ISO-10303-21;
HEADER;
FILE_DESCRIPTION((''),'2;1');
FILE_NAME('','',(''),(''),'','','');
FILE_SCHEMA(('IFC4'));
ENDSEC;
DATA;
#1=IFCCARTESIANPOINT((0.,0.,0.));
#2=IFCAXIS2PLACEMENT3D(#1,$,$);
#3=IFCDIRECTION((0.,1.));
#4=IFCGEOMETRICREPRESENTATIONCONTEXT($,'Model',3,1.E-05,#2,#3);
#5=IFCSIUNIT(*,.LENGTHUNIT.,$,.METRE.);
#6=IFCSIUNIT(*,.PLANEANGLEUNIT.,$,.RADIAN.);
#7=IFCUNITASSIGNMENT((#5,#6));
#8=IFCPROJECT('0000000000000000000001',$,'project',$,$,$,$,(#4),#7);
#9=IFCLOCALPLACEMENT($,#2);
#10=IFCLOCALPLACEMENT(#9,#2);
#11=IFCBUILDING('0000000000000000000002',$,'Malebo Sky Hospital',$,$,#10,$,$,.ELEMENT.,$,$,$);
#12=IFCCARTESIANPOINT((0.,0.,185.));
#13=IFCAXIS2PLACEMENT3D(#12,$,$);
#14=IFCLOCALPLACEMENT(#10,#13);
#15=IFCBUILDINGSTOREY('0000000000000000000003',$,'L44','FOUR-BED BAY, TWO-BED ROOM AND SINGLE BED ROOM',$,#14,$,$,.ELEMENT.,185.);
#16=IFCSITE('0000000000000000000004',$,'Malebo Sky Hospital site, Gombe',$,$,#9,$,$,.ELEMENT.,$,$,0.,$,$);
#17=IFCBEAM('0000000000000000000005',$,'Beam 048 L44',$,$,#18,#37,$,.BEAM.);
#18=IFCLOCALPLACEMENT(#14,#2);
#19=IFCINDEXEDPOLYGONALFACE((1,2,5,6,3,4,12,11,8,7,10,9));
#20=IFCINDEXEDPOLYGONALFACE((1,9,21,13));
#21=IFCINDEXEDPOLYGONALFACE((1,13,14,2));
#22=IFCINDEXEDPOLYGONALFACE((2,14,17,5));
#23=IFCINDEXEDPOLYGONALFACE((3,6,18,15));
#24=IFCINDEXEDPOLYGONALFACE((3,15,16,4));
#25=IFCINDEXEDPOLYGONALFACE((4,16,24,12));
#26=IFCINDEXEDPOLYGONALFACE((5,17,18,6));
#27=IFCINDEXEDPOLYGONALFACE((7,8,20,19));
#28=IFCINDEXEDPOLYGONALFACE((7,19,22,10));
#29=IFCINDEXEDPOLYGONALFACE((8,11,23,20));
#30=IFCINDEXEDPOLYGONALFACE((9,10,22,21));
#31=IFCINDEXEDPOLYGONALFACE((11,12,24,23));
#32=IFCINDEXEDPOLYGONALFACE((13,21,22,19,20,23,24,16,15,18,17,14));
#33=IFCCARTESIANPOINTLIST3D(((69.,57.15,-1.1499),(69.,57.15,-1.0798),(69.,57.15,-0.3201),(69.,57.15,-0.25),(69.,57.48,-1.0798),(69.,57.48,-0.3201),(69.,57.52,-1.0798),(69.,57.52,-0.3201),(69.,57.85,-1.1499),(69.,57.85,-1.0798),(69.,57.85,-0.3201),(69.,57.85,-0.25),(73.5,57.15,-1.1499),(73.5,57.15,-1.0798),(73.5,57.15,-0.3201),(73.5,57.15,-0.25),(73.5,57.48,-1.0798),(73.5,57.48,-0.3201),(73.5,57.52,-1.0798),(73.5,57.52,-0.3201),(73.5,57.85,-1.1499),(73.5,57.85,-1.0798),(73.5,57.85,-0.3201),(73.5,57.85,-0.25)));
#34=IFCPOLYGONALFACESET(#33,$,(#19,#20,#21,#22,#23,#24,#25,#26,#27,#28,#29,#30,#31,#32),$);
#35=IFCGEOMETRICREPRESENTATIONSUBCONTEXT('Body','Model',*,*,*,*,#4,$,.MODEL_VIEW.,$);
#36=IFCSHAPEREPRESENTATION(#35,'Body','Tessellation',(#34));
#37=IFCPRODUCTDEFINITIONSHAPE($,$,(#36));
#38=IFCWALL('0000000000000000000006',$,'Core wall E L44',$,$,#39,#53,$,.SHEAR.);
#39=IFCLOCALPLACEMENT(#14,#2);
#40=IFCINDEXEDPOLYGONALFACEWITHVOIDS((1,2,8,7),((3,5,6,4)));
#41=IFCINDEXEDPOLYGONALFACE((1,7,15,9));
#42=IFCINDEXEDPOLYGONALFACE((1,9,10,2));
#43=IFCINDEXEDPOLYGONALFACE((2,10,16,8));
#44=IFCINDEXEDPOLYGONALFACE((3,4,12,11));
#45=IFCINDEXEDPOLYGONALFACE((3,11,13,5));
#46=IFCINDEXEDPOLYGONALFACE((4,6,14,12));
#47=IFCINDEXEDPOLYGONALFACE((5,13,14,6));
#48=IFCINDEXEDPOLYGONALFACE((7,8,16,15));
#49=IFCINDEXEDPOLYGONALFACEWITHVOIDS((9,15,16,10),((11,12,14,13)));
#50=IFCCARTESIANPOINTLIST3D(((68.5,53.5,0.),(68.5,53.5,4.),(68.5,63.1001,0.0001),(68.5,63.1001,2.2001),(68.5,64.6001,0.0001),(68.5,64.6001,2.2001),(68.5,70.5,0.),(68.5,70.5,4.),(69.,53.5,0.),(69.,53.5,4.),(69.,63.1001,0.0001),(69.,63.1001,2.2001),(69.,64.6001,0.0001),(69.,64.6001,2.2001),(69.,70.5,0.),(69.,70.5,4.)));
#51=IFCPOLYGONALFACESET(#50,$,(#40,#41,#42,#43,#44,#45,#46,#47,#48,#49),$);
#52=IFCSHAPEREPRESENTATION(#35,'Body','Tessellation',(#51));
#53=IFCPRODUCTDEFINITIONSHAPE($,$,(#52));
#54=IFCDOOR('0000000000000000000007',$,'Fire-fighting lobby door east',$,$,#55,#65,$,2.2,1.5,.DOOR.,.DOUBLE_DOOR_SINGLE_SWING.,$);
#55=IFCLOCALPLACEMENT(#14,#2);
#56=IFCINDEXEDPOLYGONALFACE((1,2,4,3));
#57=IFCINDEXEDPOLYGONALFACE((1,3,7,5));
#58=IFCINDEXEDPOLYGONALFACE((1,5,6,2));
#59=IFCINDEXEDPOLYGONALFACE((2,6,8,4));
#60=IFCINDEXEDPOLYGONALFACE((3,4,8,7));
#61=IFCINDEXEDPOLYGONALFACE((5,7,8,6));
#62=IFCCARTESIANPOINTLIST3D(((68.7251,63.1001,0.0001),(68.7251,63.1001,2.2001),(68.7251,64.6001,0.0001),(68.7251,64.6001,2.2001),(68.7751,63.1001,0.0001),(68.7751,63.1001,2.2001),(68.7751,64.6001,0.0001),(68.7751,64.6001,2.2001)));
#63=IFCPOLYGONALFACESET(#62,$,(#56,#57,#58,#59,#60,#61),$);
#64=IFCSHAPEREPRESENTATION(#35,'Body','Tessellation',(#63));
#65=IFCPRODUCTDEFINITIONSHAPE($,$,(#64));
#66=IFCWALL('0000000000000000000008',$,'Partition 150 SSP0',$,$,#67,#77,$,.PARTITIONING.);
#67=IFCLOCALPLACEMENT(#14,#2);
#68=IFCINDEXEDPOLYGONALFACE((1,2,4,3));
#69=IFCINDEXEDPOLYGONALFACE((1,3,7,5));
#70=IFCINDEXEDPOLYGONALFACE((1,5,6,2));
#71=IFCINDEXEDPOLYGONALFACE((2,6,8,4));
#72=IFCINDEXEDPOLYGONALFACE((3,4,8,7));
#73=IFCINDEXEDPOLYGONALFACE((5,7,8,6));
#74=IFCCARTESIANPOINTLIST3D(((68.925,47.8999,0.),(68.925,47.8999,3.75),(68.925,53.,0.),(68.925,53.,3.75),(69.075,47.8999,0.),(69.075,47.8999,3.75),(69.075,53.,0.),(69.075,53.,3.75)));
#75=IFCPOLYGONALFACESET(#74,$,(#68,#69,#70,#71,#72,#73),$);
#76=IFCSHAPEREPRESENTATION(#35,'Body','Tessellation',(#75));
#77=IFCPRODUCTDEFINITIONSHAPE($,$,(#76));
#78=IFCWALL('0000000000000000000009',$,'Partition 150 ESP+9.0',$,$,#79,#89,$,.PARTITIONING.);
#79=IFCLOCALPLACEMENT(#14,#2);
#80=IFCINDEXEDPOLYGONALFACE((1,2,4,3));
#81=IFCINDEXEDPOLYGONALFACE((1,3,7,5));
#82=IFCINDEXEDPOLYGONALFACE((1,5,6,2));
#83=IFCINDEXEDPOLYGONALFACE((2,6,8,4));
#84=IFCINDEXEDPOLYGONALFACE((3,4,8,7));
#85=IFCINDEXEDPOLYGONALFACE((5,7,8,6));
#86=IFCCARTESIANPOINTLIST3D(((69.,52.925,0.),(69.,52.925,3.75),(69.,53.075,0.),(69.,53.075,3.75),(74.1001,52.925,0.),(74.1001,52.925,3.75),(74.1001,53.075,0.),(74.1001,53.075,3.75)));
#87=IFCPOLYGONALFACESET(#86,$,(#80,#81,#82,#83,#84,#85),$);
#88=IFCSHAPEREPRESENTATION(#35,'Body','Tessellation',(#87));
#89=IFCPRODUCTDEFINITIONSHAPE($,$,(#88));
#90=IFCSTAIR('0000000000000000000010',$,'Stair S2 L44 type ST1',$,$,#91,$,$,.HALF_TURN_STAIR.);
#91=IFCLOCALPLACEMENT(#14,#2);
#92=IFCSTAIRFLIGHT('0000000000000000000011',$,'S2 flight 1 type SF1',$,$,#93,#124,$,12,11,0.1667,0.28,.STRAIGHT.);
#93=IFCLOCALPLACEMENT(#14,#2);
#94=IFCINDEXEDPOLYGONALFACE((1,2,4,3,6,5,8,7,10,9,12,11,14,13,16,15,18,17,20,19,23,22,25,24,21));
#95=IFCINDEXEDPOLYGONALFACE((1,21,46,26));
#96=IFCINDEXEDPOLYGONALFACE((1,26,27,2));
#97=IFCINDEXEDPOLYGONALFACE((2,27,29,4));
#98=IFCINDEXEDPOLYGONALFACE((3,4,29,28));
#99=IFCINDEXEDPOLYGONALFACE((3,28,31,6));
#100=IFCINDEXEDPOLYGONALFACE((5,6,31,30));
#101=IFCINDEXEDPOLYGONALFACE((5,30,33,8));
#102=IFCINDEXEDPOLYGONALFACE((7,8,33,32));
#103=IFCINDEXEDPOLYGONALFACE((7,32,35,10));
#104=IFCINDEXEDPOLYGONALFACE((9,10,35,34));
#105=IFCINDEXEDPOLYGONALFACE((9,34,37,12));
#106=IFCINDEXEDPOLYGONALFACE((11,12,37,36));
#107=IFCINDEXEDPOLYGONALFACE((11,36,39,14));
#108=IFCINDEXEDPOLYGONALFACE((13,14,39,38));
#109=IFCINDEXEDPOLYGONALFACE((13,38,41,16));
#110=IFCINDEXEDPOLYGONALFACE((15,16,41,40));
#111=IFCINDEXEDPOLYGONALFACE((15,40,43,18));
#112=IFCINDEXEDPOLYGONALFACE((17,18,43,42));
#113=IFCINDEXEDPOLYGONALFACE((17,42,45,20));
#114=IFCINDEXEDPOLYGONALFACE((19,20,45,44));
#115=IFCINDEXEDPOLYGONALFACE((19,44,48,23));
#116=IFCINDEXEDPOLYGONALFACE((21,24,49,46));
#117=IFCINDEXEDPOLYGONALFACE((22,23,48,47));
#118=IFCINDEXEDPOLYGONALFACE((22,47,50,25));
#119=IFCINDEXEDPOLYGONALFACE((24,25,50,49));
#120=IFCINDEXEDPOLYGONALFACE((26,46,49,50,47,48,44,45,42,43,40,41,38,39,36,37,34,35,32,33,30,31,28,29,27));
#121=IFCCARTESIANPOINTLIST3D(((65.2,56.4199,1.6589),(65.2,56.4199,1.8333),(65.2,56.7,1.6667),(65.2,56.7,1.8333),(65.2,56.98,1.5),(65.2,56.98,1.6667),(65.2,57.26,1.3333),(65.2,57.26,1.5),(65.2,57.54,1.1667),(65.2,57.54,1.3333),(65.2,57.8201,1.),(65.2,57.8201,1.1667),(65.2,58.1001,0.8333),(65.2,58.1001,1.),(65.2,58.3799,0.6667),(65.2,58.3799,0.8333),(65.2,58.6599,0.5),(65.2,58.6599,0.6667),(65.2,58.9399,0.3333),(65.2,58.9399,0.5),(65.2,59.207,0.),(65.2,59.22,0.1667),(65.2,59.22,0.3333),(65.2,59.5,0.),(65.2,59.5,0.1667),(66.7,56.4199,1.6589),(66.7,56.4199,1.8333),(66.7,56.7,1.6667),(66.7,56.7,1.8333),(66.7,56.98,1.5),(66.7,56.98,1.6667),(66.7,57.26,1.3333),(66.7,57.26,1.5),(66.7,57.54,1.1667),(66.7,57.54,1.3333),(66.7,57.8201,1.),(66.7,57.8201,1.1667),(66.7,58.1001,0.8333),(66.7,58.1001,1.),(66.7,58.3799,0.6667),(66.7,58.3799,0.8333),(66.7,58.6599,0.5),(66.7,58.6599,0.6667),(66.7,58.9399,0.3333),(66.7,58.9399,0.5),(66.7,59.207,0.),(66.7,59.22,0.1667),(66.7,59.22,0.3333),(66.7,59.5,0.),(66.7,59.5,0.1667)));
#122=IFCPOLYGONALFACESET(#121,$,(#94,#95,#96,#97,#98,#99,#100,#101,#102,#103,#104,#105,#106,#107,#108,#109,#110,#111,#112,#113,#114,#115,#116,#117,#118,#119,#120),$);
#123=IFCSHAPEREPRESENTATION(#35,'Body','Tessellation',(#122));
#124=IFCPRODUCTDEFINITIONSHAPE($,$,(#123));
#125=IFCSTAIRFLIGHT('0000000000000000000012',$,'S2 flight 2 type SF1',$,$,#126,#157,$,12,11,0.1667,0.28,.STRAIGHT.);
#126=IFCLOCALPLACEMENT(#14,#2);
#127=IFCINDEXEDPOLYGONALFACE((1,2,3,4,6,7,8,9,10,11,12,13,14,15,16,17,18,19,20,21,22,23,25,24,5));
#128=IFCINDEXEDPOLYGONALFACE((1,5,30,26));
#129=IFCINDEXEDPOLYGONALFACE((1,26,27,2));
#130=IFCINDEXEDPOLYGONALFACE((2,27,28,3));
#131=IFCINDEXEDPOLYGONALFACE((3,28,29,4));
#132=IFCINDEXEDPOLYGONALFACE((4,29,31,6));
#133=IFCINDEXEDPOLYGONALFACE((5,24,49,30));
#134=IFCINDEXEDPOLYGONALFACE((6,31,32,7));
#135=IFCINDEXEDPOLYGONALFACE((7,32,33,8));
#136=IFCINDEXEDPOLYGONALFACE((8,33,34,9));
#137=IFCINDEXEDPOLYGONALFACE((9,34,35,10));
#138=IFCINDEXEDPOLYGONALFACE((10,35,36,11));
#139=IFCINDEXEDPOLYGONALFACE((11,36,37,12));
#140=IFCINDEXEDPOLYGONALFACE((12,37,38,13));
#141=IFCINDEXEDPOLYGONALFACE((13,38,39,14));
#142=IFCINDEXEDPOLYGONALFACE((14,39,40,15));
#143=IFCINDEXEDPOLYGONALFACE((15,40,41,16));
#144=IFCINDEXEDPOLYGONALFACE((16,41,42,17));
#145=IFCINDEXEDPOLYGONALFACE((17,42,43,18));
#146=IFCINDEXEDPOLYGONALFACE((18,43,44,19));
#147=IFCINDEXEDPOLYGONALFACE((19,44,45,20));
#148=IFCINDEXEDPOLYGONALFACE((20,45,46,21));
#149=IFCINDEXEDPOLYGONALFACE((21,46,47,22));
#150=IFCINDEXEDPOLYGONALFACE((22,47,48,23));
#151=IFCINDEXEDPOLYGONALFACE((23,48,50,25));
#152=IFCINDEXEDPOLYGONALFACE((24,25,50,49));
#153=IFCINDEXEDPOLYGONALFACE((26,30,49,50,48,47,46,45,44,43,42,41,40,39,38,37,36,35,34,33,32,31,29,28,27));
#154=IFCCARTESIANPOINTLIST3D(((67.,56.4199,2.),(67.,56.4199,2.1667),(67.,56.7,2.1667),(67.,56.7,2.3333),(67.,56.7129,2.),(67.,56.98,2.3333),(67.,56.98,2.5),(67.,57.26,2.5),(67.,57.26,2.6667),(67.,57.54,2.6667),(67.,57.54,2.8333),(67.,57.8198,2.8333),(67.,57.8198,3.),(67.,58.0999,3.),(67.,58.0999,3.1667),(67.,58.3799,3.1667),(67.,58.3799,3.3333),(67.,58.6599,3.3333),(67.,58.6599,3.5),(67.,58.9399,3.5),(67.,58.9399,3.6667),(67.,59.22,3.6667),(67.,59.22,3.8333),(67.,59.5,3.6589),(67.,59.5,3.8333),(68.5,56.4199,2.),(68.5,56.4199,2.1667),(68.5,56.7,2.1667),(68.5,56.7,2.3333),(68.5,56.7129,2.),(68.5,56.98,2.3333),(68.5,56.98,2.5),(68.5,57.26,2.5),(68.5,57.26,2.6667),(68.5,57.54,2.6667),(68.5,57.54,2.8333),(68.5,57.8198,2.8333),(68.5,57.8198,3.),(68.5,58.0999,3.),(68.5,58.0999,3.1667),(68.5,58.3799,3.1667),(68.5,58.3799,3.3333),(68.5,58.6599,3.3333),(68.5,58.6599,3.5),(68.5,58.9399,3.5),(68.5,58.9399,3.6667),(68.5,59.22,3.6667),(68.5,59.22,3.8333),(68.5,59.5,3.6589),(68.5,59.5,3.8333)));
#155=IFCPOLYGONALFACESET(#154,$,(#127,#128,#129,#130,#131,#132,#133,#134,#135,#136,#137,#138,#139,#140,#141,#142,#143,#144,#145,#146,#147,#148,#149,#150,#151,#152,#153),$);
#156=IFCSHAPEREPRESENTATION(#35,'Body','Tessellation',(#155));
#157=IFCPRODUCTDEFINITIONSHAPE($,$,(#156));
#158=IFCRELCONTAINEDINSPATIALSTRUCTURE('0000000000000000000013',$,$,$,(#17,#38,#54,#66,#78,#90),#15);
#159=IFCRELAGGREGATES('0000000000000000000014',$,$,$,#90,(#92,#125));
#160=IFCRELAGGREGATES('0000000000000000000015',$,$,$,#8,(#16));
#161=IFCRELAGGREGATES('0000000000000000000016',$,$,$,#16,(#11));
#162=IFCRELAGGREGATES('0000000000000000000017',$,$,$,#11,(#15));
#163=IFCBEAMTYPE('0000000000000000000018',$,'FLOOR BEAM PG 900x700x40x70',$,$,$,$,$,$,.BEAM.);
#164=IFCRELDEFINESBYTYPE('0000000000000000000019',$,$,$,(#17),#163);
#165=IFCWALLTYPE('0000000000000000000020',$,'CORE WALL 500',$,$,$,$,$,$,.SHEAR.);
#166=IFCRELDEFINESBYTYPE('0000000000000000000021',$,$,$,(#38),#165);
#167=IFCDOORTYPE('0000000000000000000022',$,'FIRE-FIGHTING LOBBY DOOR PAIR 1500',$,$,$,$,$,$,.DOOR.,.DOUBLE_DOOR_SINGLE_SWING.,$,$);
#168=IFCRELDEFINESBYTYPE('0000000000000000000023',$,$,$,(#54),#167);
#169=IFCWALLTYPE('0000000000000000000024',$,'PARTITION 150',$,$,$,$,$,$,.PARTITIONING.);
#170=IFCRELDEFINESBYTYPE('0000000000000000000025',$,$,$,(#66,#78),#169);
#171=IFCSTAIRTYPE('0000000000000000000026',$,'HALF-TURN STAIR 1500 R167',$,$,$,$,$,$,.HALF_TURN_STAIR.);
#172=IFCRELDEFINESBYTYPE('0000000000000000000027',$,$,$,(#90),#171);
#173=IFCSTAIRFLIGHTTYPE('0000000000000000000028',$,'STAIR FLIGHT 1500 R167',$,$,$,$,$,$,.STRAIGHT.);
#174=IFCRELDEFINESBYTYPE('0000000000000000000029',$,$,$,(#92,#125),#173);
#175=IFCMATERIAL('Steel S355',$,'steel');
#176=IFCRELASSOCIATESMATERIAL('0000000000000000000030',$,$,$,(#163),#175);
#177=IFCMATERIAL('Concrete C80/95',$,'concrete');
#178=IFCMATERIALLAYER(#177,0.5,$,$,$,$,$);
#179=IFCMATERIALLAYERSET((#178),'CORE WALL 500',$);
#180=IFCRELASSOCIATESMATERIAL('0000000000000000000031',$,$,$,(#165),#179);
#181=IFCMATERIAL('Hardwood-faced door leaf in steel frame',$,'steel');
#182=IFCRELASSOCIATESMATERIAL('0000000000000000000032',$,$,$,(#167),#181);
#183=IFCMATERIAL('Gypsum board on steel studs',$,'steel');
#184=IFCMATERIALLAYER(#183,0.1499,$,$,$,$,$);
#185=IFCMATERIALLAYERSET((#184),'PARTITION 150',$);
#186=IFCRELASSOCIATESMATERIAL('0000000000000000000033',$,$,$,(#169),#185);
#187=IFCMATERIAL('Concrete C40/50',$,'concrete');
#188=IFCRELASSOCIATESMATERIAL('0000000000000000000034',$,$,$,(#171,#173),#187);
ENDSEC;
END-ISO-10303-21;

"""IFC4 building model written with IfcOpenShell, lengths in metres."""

from ifc_helpers import new_model, si_unit, direction, frame, frame_2d, origin, origin_2d, place, context, subcontext, project, spatial, polyline, rectangle, i_section, outline, extrude, material, layer, layer_set, material_profile, profile_set, type_object, element, fill, aggregate, save


model = new_model("IFC4")

# Units and contexts
model_context = context("Model", 3, precision=1e-05, world=origin(), true_north=direction((0.0, 1.0)))
body_context = subcontext(model_context, "Body", "Model", "MODEL_VIEW")
ifc_project = project(units=[si_unit("LENGTHUNIT", "METRE"), si_unit("PLANEANGLEUNIT", "RADIAN")], contexts=[model_context])

# Site, building, storey
site_placement = place(None, origin())
site = spatial("IfcSite", under=ifc_project, at=site_placement, Name="Malebo Sky Hospital site, Gombe", CompositionType="ELEMENT", RefElevation=0.0)
building_placement = place(site_placement, origin())
building = spatial("IfcBuilding", under=site, at=building_placement, Name="Malebo Sky Hospital", CompositionType="ELEMENT")
storey_placement = place(building_placement, frame((0.0, 0.0, 185.0)))
storey = spatial("IfcBuildingStorey", under=building, at=storey_placement, Name="L44", Description="FOUR-BED BAY, TWO-BED ROOM AND SINGLE BED ROOM", CompositionType="ELEMENT", Elevation=185.0)

# Beam
ifc_material_1 = material(Name="Steel S355", Category="steel")
ifc_material_profile = material_profile(ifc_material_1, i_section(OverallWidth=0.7, OverallDepth=0.8999, WebThickness=0.04, FlangeThickness=0.0701, at=origin_2d()), Name="PG 900x700x40x70")
ifc_profile_set = profile_set([ifc_material_profile], Name="Steel S355")
beam_type = type_object("IfcBeamType", Name="FLOOR BEAM PG 900x700x40x70", PredefinedType="BEAM", material=ifc_profile_set)
beam_placement = place(storey_placement, frame((69.0, 57.5, -0.7), z_axis=(1.0, 0.0, 0.0), x_axis=(0.0, 1.0, 0.0)))
element("IfcBeam", 1, at=beam_placement, inside=storey, type_object=beam_type, Name="Beam 048 L44", PredefinedType="BEAM", context=body_context, shape_type="SweptSolid", body=[
    extrude(i_section(OverallWidth=0.7, OverallDepth=0.8999, WebThickness=0.04, FlangeThickness=0.0701, at=origin_2d()), origin(), (0.0, 0.0, 1.0), 4.5),
])

# Wall, opening, door
ifc_material_2 = material(Name="Concrete C80/95", Category="concrete")
ifc_layer_1 = layer(ifc_material_2, 0.5)
ifc_layer_set_1 = layer_set([ifc_layer_1], Name="CORE WALL 500")
wall_type_1 = type_object("IfcWallType", Name="CORE WALL 500", PredefinedType="SHEAR", material=ifc_layer_set_1)
wall_placement = place(storey_placement, frame((68.75, 53.5, 0.0), z_axis=(0.0, 0.0, 1.0), x_axis=(0.0, 1.0, 0.0)))
wall = element("IfcWall", 2, at=wall_placement, inside=storey, type_object=wall_type_1, Name="Core wall E L44", PredefinedType="SHEAR", context=body_context, shape_type="SweptSolid", body=[
    extrude(rectangle(XDim=17.0, YDim=0.5, at=frame_2d((8.5, 0.0))), origin(), (0.0, 0.0, 1.0), 4.0),
])
opening_placement = place(wall_placement, frame((9.6001, 0.0, 0.0)))
opening = element("IfcOpeningElement", 3, at=opening_placement, cuts=wall, PredefinedType="OPENING", context=body_context, shape_type="SweptSolid", body=[
    extrude(rectangle(XDim=1.5, YDim=2.2, at=frame_2d((0.75, 1.1001))), frame((0.0, 0.26, 0.0), z_axis=(0.0, -1.0, 0.0), x_axis=(1.0, 0.0, 0.0)), (0.0, 0.0, 1.0), 0.52),
])
ifc_material_3 = material(Name="Hardwood-faced door leaf in steel frame", Category="steel")
door_type = type_object("IfcDoorType", Name="FIRE-FIGHTING LOBBY DOOR PAIR 1500", OperationType="DOUBLE_DOOR_SINGLE_SWING", PredefinedType="DOOR", material=ifc_material_3)
door_placement = place(opening_placement, origin())
door = element("IfcDoor", 4, at=door_placement, inside=storey, type_object=door_type, Name="Fire-fighting lobby door east", OperationType="DOUBLE_DOOR_SINGLE_SWING", OverallHeight=2.2, OverallWidth=1.5, PredefinedType="DOOR", context=body_context, shape_type="SweptSolid", body=[
    extrude(rectangle(XDim=1.5, YDim=2.2, at=frame_2d((0.75, 1.1001))), frame((0.0, 0.0249, 0.0), z_axis=(0.0, -1.0, 0.0), x_axis=(1.0, 0.0, 0.0)), (0.0, 0.0, 1.0), 0.05),
])
fill(opening, door)

# Walls
ifc_material_4 = material(Name="Gypsum board on steel studs", Category="steel")
ifc_layer_2 = layer(ifc_material_4, 0.1499)
ifc_layer_set_2 = layer_set([ifc_layer_2], Name="PARTITION 150")
wall_type_2 = type_object("IfcWallType", Name="PARTITION 150", PredefinedType="PARTITIONING", material=ifc_layer_set_2)
for number, where, z_axis, x_axis, name in (
    (5, (69.0, 53.0, 0.0), (0.0, 0.0, 1.0), (0.0, -1.0, 0.0), "Partition 150 SSP0"),
    (6, (69.0, 53.0, 0.0), (0.0, 0.0, 1.0), (1.0, 0.0, 0.0), "Partition 150 ESP+9.0"),
):
    element("IfcWall", number, at=place(storey_placement, frame(where, z_axis=z_axis, x_axis=x_axis)), inside=storey, type_object=wall_type_2, Name=name, PredefinedType="PARTITIONING", context=body_context, shape_type="SweptSolid", body=[
        extrude(rectangle(XDim=5.1001, YDim=0.1499, at=frame_2d((2.55, 0.0))), origin(), (0.0, 0.0, 1.0), 3.75),
    ])

# Stair, stair flights
ifc_material_5 = material(Name="Concrete C40/50", Category="concrete")
stair_type = type_object("IfcStairType", Name="HALF-TURN STAIR 1500 R167", PredefinedType="HALF_TURN_STAIR", material=ifc_material_5)
stair_placement = place(storey_placement, origin())
stair = element("IfcStair", 7, at=stair_placement, inside=storey, type_object=stair_type, Name="Stair S2 L44 type ST1", PredefinedType="HALF_TURN_STAIR")
stair_flight_type = type_object("IfcStairFlightType", Name="STAIR FLIGHT 1500 R167", PredefinedType="STRAIGHT", material=ifc_material_5)
stair_flight_1_placement = place(storey_placement, frame((65.95, 59.5, 0.0), z_axis=(0.0, 0.0, 1.0), x_axis=(0.0, -1.0, 0.0)))
stair_flight_1 = element("IfcStairFlight", 8, at=stair_flight_1_placement, type_object=stair_flight_type, Name="S2 flight 1 type SF1", NumberOfRisers=12, NumberOfTreads=11, PredefinedType="STRAIGHT", RiserHeight=0.1667, TreadLength=0.28, context=body_context, shape_type="SweptSolid", body=[
    extrude(outline(polyline([(0.0, 0.0), (0.0, 0.1667), (0.28, 0.1667), (0.28, 0.3333), (0.5601, 0.3333), (0.5601, 0.5), (0.8401, 0.5), (0.8401, 0.6667), (1.1201, 0.6667), (1.1201, 0.8333), (1.3999, 0.8333), (1.3999, 1.0), (1.6799, 1.0), (1.6799, 1.1667), (1.96, 1.1667), (1.96, 1.3333), (2.24, 1.3333), (2.24, 1.5), (2.52, 1.5), (2.52, 1.6667), (2.8, 1.6667), (2.8, 1.8333), (3.0801, 1.8333), (3.0801, 2.0), (3.0801, 1.6589), (0.293, 0.0), (0.0, 0.0)])), frame((0.0, 0.75, 0.0), z_axis=(0.0, -1.0, 0.0), x_axis=(1.0, 0.0, 0.0)), (0.0, 0.0, 1.0), 1.5),
])
stair_flight_2_placement = place(storey_placement, frame((67.75, 56.4199, 2.0), z_axis=(0.0, 0.0, 1.0), x_axis=(0.0, 1.0, 0.0)))
stair_flight_2 = element("IfcStairFlight", 9, at=stair_flight_2_placement, type_object=stair_flight_type, Name="S2 flight 2 type SF1", NumberOfRisers=12, NumberOfTreads=11, PredefinedType="STRAIGHT", RiserHeight=0.1667, TreadLength=0.28, context=body_context, shape_type="SweptSolid", body=[
    extrude(outline(polyline([(0.0, 0.0), (0.0, 0.1667), (0.28, 0.1667), (0.28, 0.3333), (0.5601, 0.3333), (0.5601, 0.5), (0.8401, 0.5), (0.8401, 0.6667), (1.1201, 0.6667), (1.1201, 0.8333), (1.3999, 0.8333), (1.3999, 1.0), (1.6799, 1.0), (1.6799, 1.1667), (1.96, 1.1667), (1.96, 1.3333), (2.24, 1.3333), (2.24, 1.5), (2.52, 1.5), (2.52, 1.6667), (2.8, 1.6667), (2.8, 1.8333), (3.0801, 1.8333), (3.0801, 2.0), (3.0801, 1.6589), (0.293, 0.0), (0.0, 0.0)])), frame((0.0, 0.75, 0.0), z_axis=(0.0, -1.0, 0.0), x_axis=(1.0, 0.0, 0.0)), (0.0, 0.0, 1.0), 1.5),
])
aggregate(stair, [stair_flight_1, stair_flight_2])

save(model, "model.ifc")
